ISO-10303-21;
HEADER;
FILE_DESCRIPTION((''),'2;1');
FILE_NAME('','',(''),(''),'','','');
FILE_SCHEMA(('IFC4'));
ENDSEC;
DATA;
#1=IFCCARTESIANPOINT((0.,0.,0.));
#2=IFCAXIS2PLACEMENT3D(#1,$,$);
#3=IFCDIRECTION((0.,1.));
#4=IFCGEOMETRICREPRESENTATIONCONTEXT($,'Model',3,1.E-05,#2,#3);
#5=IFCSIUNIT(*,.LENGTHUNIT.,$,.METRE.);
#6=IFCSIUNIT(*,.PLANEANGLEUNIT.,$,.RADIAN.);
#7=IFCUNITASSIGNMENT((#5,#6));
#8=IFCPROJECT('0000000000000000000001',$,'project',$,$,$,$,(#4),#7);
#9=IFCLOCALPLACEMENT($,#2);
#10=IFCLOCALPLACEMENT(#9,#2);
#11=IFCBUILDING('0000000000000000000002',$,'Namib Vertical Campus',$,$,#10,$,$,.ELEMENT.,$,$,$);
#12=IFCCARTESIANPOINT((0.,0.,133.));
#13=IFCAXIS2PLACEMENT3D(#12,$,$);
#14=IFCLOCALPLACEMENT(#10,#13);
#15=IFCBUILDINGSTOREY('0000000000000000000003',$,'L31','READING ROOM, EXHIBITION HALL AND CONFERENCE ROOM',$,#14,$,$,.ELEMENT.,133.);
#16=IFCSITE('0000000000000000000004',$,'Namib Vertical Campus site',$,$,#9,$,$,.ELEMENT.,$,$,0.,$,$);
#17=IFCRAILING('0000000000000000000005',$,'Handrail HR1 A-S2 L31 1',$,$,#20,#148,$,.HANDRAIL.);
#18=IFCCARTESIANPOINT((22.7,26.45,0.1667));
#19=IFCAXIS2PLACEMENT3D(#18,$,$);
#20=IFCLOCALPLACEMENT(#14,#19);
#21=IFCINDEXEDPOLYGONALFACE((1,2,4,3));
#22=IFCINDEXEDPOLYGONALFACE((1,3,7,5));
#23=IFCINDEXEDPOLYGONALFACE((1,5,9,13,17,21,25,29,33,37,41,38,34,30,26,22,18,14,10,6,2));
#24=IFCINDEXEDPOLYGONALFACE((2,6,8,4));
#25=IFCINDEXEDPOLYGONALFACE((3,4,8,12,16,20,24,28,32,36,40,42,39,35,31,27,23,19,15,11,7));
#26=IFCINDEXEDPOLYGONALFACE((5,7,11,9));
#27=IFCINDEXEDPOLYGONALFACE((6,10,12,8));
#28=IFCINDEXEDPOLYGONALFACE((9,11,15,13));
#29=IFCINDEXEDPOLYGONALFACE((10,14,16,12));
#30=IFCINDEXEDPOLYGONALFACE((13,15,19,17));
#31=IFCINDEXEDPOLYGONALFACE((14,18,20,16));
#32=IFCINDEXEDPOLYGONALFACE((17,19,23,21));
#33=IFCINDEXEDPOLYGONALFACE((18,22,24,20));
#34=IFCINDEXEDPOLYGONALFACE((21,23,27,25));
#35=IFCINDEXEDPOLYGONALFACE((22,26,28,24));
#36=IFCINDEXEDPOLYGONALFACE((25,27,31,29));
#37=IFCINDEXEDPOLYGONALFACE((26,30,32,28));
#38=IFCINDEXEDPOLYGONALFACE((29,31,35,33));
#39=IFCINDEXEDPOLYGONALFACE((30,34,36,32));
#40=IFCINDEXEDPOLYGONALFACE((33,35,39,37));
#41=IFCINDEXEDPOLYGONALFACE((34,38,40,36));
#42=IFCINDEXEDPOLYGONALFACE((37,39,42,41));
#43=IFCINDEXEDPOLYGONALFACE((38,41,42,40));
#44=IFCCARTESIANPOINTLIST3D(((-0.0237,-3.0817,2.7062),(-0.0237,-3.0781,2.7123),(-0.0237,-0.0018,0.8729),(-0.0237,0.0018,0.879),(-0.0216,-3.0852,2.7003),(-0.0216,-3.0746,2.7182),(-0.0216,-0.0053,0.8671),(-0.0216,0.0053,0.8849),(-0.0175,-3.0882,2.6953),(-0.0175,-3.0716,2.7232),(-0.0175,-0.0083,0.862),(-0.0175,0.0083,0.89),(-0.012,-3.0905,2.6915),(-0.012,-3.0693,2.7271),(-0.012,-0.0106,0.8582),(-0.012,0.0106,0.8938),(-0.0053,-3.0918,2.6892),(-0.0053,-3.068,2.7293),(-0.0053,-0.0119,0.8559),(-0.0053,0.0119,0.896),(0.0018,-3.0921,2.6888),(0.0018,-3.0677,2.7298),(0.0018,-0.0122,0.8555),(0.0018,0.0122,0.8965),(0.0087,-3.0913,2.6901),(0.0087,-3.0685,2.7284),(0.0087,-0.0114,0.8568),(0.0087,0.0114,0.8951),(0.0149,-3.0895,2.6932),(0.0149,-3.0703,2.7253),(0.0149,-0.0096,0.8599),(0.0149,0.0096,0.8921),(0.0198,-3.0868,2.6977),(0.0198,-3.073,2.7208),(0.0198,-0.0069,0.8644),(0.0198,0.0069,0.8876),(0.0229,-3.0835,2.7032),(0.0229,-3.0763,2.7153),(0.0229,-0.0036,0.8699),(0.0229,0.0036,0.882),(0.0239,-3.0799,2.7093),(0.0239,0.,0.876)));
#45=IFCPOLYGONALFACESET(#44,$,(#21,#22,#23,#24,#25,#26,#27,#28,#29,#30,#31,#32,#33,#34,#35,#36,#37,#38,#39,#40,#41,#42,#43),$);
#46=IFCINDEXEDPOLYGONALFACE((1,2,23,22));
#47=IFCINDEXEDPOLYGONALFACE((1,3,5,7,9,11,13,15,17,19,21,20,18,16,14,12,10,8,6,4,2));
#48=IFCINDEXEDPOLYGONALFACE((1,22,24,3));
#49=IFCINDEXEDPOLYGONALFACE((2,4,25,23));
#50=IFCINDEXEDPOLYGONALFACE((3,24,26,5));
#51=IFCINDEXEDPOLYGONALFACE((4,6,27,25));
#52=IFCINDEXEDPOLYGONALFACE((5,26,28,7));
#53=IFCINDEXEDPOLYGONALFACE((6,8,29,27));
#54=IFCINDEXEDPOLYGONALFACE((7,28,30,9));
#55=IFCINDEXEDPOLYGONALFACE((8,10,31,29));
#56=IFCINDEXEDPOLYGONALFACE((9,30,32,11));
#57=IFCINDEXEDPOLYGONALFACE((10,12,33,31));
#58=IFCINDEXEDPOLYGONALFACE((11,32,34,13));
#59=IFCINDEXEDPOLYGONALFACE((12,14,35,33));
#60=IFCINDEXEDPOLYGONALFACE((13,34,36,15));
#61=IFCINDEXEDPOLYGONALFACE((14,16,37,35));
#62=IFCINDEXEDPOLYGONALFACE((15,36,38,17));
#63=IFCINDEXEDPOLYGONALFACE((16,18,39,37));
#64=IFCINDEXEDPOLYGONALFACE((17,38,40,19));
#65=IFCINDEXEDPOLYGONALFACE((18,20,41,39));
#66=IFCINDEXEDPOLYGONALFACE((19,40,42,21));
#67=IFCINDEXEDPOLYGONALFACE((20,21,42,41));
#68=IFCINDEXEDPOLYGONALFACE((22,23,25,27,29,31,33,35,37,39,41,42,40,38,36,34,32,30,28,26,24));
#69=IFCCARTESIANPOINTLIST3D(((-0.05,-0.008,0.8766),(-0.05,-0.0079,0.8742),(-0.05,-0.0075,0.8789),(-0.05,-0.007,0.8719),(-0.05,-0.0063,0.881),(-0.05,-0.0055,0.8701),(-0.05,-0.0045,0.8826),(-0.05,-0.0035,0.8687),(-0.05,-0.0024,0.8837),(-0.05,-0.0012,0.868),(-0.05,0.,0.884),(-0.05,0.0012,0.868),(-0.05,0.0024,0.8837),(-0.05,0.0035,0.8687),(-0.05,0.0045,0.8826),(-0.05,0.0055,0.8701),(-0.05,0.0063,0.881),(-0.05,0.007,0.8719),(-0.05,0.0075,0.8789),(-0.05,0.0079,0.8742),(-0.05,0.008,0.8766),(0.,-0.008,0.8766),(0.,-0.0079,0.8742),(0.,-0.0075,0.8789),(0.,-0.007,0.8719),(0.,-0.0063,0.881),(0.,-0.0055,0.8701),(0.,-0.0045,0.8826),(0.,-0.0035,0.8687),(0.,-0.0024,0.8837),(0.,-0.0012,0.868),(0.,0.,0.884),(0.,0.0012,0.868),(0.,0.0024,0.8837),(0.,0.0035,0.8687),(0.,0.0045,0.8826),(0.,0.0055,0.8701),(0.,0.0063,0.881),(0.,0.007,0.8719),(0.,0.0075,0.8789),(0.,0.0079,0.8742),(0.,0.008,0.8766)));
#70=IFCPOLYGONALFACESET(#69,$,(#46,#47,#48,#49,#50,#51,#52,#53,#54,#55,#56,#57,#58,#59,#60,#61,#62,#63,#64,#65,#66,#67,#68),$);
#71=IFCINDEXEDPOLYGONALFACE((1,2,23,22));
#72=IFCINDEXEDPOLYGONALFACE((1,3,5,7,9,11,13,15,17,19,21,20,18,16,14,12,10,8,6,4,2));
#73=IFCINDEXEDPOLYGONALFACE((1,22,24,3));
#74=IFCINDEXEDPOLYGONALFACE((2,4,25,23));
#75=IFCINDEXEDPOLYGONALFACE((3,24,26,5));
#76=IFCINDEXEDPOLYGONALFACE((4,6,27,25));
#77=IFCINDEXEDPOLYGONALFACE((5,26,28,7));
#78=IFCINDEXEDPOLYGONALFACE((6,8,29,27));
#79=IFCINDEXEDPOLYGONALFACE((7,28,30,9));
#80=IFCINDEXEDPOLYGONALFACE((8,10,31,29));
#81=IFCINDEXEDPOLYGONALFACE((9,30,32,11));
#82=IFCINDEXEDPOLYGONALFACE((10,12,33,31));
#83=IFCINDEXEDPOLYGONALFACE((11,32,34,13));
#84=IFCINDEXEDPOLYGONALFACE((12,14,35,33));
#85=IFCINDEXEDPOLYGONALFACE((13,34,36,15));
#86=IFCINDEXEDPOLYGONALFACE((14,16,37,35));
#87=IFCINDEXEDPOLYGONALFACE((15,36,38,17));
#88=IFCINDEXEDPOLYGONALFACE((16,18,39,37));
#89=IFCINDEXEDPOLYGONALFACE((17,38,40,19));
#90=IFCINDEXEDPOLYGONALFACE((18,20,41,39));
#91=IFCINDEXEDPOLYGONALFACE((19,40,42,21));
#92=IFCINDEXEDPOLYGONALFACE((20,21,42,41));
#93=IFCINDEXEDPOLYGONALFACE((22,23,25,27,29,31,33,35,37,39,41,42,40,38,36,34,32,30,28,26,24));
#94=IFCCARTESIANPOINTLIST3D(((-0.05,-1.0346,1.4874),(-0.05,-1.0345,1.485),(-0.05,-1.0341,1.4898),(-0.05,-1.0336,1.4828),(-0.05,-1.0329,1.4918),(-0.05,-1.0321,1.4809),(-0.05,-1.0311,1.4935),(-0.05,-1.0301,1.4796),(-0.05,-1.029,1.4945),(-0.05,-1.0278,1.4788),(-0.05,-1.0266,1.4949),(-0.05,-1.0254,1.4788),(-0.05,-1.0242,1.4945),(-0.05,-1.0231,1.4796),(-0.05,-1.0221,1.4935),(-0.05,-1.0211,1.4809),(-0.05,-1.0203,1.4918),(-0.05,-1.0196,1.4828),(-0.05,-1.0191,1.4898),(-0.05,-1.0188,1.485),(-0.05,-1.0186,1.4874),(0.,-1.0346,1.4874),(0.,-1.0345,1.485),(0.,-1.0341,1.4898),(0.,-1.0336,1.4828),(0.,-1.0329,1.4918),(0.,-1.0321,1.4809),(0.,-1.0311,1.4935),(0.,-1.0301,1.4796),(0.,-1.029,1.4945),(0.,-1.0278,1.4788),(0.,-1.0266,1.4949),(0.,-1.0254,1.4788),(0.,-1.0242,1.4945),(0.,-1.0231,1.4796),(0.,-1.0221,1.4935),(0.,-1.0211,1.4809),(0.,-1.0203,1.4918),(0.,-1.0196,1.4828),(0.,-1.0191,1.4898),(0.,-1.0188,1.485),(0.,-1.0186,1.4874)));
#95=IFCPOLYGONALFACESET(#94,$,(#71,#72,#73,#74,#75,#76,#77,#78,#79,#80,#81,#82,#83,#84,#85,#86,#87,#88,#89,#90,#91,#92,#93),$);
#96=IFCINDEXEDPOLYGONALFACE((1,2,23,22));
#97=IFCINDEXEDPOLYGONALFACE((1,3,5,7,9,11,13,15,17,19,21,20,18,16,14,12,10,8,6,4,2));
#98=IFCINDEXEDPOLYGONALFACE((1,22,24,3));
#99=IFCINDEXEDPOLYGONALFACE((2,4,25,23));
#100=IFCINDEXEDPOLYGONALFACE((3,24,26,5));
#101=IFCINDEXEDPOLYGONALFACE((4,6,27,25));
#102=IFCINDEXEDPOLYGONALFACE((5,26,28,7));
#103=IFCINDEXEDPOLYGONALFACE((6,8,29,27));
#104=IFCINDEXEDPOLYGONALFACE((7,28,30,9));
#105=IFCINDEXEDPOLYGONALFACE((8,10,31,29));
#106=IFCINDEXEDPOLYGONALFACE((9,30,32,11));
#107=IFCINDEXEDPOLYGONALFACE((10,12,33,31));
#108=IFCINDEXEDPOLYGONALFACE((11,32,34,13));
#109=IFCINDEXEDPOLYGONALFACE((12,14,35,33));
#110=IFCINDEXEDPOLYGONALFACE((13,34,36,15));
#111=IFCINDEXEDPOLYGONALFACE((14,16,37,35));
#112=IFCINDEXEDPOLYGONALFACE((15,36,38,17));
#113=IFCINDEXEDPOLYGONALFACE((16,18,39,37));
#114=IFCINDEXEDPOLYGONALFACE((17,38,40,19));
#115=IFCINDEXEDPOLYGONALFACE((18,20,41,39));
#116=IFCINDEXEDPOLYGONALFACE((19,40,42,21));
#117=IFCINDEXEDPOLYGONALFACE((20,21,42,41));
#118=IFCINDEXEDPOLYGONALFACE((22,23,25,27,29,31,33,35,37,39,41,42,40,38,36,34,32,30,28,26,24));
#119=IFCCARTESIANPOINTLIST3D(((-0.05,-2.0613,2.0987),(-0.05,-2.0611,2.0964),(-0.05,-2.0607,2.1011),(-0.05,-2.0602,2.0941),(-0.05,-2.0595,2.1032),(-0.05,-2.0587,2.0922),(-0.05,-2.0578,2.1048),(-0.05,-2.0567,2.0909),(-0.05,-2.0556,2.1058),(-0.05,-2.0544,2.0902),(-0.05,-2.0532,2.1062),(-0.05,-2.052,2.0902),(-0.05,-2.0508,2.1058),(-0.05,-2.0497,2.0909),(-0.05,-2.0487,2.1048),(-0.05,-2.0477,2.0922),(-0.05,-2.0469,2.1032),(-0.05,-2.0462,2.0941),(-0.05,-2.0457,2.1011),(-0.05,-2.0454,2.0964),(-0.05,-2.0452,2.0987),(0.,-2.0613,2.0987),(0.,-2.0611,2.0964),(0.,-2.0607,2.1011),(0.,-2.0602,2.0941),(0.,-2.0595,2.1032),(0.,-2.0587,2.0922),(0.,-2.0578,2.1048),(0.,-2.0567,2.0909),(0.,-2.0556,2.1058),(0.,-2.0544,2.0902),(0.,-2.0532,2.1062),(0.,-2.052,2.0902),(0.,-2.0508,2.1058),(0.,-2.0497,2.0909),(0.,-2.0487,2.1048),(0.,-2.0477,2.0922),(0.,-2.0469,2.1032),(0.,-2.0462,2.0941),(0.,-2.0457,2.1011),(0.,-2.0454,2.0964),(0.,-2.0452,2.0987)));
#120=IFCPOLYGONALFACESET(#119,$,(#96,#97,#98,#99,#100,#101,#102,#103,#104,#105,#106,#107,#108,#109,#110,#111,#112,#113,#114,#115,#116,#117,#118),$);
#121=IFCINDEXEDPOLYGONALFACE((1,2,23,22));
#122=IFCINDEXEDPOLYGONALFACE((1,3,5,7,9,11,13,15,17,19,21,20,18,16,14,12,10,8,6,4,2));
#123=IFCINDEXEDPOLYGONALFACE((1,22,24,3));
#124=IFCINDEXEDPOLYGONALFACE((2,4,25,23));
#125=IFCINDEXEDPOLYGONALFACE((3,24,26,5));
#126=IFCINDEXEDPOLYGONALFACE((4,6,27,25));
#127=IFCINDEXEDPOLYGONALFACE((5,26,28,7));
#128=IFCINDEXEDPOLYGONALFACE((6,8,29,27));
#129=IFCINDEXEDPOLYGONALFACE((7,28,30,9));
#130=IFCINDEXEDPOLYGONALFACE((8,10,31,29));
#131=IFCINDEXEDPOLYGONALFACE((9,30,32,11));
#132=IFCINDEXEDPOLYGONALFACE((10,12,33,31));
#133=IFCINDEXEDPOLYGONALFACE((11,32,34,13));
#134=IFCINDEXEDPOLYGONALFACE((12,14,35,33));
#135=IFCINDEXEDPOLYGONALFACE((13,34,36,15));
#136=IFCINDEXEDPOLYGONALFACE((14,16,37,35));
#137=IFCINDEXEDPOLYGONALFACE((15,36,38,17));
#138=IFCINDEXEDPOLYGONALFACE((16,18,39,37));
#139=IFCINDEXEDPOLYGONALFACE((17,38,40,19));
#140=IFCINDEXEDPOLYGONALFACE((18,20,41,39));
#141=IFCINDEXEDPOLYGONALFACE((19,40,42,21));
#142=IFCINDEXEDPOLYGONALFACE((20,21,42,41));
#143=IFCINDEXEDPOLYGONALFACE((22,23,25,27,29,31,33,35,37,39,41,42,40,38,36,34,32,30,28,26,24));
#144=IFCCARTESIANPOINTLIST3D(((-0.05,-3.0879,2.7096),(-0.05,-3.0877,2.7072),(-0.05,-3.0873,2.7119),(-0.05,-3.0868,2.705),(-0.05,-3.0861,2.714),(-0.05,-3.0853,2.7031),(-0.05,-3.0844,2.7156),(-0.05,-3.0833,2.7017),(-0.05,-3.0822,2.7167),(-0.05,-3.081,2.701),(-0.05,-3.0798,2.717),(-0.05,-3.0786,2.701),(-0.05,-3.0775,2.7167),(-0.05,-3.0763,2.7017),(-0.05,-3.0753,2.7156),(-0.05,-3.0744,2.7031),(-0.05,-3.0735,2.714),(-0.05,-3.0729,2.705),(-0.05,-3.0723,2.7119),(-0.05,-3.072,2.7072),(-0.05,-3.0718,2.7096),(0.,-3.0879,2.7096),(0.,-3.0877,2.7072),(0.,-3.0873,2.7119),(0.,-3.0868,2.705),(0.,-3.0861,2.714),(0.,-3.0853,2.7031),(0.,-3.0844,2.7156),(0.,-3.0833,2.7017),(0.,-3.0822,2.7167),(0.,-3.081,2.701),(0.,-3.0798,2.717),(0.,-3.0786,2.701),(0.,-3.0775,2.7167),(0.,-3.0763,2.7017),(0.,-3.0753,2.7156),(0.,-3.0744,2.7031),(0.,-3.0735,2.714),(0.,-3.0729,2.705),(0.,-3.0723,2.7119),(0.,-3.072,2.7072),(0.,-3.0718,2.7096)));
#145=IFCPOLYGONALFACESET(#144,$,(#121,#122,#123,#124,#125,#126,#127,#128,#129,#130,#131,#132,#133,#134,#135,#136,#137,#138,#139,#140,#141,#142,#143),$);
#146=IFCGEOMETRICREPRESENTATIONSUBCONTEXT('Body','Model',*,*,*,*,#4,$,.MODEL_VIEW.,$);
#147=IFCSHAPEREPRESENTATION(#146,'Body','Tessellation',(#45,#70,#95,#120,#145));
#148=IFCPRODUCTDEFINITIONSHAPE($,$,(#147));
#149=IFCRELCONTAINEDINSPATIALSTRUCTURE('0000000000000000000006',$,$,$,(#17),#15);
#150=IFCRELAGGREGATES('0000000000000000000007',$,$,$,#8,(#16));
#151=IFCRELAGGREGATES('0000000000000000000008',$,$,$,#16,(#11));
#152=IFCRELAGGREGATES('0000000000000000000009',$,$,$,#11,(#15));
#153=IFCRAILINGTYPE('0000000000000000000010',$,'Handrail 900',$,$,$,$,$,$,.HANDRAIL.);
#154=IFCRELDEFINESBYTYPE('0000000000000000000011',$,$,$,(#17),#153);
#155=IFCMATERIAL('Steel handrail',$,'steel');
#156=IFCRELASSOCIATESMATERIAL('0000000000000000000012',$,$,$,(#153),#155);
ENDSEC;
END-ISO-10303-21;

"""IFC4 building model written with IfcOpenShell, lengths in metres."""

from ifc_helpers import new_model, si_unit, direction, frame, origin, origin_2d, place, context, subcontext, project, spatial, circle, extrude, material, type_object, element, save


model = new_model("IFC4")

# Units and contexts
model_context = context("Model", 3, precision=1e-05, world=origin(), true_north=direction((0.0, 1.0)))
body_context = subcontext(model_context, "Body", "Model", "MODEL_VIEW")
ifc_project = project(units=[si_unit("LENGTHUNIT", "METRE"), si_unit("PLANEANGLEUNIT", "RADIAN")], contexts=[model_context])

# Site, building, storey
site_placement = place(None, origin())
site = spatial("IfcSite", under=ifc_project, at=site_placement, Name="Namib Vertical Campus site", CompositionType="ELEMENT", RefElevation=0.0)
building_placement = place(site_placement, origin())
building = spatial("IfcBuilding", under=site, at=building_placement, Name="Namib Vertical Campus", CompositionType="ELEMENT")
storey_placement = place(building_placement, frame((0.0, 0.0, 133.0)))
storey = spatial("IfcBuildingStorey", under=building, at=storey_placement, Name="L31", Description="READING ROOM, EXHIBITION HALL AND CONFERENCE ROOM", CompositionType="ELEMENT", Elevation=133.0)

# Railing
ifc_material_1 = material(Name="Steel handrail", Category="steel")
railing_type_1 = type_object("IfcRailingType", Name="Handrail 900", PredefinedType="HANDRAIL", material=ifc_material_1)
railing_1_placement = place(storey_placement, frame((22.7, 26.45, 0.1667)))
element("IfcRailing", 1, at=railing_1_placement, inside=storey, type_object=railing_type_1, Name="Handrail HR1 A-S2 L31 1", PredefinedType="HANDRAIL", context=body_context, shape_type="SweptSolid", body=[
    extrude(circle(Radius=0.0239, at=origin_2d()), frame((0.0, 0.0, 0.876), z_axis=(0.0, -0.859291, 0.511487), x_axis=(1.0, 0.0, 0.0)), (0.0, 0.0, 1.0), 3.5842),
    extrude(circle(Radius=0.0081, at=origin_2d()), frame((0.0, 0.0, 0.876), z_axis=(-1.0, 0.0, 0.0), x_axis=(0.0, 0.0, 1.0)), (0.0, 0.0, 1.0), 0.05),
    extrude(circle(Radius=0.0081, at=origin_2d()), frame((0.0, -1.0266, 1.4868), z_axis=(-1.0, 0.0, 0.0), x_axis=(0.0, 0.0, 1.0)), (0.0, 0.0, 1.0), 0.05),
    extrude(circle(Radius=0.0081, at=origin_2d()), frame((0.0, -2.0532, 2.0981), z_axis=(-1.0, 0.0, 0.0), x_axis=(0.0, 0.0, 1.0)), (0.0, 0.0, 1.0), 0.05),
    extrude(circle(Radius=0.0081, at=origin_2d()), frame((0.0, -3.0798, 2.709), z_axis=(-1.0, 0.0, 0.0), x_axis=(0.0, 0.0, 1.0)), (0.0, 0.0, 1.0), 0.05),
])

save(model, "model.ifc")
